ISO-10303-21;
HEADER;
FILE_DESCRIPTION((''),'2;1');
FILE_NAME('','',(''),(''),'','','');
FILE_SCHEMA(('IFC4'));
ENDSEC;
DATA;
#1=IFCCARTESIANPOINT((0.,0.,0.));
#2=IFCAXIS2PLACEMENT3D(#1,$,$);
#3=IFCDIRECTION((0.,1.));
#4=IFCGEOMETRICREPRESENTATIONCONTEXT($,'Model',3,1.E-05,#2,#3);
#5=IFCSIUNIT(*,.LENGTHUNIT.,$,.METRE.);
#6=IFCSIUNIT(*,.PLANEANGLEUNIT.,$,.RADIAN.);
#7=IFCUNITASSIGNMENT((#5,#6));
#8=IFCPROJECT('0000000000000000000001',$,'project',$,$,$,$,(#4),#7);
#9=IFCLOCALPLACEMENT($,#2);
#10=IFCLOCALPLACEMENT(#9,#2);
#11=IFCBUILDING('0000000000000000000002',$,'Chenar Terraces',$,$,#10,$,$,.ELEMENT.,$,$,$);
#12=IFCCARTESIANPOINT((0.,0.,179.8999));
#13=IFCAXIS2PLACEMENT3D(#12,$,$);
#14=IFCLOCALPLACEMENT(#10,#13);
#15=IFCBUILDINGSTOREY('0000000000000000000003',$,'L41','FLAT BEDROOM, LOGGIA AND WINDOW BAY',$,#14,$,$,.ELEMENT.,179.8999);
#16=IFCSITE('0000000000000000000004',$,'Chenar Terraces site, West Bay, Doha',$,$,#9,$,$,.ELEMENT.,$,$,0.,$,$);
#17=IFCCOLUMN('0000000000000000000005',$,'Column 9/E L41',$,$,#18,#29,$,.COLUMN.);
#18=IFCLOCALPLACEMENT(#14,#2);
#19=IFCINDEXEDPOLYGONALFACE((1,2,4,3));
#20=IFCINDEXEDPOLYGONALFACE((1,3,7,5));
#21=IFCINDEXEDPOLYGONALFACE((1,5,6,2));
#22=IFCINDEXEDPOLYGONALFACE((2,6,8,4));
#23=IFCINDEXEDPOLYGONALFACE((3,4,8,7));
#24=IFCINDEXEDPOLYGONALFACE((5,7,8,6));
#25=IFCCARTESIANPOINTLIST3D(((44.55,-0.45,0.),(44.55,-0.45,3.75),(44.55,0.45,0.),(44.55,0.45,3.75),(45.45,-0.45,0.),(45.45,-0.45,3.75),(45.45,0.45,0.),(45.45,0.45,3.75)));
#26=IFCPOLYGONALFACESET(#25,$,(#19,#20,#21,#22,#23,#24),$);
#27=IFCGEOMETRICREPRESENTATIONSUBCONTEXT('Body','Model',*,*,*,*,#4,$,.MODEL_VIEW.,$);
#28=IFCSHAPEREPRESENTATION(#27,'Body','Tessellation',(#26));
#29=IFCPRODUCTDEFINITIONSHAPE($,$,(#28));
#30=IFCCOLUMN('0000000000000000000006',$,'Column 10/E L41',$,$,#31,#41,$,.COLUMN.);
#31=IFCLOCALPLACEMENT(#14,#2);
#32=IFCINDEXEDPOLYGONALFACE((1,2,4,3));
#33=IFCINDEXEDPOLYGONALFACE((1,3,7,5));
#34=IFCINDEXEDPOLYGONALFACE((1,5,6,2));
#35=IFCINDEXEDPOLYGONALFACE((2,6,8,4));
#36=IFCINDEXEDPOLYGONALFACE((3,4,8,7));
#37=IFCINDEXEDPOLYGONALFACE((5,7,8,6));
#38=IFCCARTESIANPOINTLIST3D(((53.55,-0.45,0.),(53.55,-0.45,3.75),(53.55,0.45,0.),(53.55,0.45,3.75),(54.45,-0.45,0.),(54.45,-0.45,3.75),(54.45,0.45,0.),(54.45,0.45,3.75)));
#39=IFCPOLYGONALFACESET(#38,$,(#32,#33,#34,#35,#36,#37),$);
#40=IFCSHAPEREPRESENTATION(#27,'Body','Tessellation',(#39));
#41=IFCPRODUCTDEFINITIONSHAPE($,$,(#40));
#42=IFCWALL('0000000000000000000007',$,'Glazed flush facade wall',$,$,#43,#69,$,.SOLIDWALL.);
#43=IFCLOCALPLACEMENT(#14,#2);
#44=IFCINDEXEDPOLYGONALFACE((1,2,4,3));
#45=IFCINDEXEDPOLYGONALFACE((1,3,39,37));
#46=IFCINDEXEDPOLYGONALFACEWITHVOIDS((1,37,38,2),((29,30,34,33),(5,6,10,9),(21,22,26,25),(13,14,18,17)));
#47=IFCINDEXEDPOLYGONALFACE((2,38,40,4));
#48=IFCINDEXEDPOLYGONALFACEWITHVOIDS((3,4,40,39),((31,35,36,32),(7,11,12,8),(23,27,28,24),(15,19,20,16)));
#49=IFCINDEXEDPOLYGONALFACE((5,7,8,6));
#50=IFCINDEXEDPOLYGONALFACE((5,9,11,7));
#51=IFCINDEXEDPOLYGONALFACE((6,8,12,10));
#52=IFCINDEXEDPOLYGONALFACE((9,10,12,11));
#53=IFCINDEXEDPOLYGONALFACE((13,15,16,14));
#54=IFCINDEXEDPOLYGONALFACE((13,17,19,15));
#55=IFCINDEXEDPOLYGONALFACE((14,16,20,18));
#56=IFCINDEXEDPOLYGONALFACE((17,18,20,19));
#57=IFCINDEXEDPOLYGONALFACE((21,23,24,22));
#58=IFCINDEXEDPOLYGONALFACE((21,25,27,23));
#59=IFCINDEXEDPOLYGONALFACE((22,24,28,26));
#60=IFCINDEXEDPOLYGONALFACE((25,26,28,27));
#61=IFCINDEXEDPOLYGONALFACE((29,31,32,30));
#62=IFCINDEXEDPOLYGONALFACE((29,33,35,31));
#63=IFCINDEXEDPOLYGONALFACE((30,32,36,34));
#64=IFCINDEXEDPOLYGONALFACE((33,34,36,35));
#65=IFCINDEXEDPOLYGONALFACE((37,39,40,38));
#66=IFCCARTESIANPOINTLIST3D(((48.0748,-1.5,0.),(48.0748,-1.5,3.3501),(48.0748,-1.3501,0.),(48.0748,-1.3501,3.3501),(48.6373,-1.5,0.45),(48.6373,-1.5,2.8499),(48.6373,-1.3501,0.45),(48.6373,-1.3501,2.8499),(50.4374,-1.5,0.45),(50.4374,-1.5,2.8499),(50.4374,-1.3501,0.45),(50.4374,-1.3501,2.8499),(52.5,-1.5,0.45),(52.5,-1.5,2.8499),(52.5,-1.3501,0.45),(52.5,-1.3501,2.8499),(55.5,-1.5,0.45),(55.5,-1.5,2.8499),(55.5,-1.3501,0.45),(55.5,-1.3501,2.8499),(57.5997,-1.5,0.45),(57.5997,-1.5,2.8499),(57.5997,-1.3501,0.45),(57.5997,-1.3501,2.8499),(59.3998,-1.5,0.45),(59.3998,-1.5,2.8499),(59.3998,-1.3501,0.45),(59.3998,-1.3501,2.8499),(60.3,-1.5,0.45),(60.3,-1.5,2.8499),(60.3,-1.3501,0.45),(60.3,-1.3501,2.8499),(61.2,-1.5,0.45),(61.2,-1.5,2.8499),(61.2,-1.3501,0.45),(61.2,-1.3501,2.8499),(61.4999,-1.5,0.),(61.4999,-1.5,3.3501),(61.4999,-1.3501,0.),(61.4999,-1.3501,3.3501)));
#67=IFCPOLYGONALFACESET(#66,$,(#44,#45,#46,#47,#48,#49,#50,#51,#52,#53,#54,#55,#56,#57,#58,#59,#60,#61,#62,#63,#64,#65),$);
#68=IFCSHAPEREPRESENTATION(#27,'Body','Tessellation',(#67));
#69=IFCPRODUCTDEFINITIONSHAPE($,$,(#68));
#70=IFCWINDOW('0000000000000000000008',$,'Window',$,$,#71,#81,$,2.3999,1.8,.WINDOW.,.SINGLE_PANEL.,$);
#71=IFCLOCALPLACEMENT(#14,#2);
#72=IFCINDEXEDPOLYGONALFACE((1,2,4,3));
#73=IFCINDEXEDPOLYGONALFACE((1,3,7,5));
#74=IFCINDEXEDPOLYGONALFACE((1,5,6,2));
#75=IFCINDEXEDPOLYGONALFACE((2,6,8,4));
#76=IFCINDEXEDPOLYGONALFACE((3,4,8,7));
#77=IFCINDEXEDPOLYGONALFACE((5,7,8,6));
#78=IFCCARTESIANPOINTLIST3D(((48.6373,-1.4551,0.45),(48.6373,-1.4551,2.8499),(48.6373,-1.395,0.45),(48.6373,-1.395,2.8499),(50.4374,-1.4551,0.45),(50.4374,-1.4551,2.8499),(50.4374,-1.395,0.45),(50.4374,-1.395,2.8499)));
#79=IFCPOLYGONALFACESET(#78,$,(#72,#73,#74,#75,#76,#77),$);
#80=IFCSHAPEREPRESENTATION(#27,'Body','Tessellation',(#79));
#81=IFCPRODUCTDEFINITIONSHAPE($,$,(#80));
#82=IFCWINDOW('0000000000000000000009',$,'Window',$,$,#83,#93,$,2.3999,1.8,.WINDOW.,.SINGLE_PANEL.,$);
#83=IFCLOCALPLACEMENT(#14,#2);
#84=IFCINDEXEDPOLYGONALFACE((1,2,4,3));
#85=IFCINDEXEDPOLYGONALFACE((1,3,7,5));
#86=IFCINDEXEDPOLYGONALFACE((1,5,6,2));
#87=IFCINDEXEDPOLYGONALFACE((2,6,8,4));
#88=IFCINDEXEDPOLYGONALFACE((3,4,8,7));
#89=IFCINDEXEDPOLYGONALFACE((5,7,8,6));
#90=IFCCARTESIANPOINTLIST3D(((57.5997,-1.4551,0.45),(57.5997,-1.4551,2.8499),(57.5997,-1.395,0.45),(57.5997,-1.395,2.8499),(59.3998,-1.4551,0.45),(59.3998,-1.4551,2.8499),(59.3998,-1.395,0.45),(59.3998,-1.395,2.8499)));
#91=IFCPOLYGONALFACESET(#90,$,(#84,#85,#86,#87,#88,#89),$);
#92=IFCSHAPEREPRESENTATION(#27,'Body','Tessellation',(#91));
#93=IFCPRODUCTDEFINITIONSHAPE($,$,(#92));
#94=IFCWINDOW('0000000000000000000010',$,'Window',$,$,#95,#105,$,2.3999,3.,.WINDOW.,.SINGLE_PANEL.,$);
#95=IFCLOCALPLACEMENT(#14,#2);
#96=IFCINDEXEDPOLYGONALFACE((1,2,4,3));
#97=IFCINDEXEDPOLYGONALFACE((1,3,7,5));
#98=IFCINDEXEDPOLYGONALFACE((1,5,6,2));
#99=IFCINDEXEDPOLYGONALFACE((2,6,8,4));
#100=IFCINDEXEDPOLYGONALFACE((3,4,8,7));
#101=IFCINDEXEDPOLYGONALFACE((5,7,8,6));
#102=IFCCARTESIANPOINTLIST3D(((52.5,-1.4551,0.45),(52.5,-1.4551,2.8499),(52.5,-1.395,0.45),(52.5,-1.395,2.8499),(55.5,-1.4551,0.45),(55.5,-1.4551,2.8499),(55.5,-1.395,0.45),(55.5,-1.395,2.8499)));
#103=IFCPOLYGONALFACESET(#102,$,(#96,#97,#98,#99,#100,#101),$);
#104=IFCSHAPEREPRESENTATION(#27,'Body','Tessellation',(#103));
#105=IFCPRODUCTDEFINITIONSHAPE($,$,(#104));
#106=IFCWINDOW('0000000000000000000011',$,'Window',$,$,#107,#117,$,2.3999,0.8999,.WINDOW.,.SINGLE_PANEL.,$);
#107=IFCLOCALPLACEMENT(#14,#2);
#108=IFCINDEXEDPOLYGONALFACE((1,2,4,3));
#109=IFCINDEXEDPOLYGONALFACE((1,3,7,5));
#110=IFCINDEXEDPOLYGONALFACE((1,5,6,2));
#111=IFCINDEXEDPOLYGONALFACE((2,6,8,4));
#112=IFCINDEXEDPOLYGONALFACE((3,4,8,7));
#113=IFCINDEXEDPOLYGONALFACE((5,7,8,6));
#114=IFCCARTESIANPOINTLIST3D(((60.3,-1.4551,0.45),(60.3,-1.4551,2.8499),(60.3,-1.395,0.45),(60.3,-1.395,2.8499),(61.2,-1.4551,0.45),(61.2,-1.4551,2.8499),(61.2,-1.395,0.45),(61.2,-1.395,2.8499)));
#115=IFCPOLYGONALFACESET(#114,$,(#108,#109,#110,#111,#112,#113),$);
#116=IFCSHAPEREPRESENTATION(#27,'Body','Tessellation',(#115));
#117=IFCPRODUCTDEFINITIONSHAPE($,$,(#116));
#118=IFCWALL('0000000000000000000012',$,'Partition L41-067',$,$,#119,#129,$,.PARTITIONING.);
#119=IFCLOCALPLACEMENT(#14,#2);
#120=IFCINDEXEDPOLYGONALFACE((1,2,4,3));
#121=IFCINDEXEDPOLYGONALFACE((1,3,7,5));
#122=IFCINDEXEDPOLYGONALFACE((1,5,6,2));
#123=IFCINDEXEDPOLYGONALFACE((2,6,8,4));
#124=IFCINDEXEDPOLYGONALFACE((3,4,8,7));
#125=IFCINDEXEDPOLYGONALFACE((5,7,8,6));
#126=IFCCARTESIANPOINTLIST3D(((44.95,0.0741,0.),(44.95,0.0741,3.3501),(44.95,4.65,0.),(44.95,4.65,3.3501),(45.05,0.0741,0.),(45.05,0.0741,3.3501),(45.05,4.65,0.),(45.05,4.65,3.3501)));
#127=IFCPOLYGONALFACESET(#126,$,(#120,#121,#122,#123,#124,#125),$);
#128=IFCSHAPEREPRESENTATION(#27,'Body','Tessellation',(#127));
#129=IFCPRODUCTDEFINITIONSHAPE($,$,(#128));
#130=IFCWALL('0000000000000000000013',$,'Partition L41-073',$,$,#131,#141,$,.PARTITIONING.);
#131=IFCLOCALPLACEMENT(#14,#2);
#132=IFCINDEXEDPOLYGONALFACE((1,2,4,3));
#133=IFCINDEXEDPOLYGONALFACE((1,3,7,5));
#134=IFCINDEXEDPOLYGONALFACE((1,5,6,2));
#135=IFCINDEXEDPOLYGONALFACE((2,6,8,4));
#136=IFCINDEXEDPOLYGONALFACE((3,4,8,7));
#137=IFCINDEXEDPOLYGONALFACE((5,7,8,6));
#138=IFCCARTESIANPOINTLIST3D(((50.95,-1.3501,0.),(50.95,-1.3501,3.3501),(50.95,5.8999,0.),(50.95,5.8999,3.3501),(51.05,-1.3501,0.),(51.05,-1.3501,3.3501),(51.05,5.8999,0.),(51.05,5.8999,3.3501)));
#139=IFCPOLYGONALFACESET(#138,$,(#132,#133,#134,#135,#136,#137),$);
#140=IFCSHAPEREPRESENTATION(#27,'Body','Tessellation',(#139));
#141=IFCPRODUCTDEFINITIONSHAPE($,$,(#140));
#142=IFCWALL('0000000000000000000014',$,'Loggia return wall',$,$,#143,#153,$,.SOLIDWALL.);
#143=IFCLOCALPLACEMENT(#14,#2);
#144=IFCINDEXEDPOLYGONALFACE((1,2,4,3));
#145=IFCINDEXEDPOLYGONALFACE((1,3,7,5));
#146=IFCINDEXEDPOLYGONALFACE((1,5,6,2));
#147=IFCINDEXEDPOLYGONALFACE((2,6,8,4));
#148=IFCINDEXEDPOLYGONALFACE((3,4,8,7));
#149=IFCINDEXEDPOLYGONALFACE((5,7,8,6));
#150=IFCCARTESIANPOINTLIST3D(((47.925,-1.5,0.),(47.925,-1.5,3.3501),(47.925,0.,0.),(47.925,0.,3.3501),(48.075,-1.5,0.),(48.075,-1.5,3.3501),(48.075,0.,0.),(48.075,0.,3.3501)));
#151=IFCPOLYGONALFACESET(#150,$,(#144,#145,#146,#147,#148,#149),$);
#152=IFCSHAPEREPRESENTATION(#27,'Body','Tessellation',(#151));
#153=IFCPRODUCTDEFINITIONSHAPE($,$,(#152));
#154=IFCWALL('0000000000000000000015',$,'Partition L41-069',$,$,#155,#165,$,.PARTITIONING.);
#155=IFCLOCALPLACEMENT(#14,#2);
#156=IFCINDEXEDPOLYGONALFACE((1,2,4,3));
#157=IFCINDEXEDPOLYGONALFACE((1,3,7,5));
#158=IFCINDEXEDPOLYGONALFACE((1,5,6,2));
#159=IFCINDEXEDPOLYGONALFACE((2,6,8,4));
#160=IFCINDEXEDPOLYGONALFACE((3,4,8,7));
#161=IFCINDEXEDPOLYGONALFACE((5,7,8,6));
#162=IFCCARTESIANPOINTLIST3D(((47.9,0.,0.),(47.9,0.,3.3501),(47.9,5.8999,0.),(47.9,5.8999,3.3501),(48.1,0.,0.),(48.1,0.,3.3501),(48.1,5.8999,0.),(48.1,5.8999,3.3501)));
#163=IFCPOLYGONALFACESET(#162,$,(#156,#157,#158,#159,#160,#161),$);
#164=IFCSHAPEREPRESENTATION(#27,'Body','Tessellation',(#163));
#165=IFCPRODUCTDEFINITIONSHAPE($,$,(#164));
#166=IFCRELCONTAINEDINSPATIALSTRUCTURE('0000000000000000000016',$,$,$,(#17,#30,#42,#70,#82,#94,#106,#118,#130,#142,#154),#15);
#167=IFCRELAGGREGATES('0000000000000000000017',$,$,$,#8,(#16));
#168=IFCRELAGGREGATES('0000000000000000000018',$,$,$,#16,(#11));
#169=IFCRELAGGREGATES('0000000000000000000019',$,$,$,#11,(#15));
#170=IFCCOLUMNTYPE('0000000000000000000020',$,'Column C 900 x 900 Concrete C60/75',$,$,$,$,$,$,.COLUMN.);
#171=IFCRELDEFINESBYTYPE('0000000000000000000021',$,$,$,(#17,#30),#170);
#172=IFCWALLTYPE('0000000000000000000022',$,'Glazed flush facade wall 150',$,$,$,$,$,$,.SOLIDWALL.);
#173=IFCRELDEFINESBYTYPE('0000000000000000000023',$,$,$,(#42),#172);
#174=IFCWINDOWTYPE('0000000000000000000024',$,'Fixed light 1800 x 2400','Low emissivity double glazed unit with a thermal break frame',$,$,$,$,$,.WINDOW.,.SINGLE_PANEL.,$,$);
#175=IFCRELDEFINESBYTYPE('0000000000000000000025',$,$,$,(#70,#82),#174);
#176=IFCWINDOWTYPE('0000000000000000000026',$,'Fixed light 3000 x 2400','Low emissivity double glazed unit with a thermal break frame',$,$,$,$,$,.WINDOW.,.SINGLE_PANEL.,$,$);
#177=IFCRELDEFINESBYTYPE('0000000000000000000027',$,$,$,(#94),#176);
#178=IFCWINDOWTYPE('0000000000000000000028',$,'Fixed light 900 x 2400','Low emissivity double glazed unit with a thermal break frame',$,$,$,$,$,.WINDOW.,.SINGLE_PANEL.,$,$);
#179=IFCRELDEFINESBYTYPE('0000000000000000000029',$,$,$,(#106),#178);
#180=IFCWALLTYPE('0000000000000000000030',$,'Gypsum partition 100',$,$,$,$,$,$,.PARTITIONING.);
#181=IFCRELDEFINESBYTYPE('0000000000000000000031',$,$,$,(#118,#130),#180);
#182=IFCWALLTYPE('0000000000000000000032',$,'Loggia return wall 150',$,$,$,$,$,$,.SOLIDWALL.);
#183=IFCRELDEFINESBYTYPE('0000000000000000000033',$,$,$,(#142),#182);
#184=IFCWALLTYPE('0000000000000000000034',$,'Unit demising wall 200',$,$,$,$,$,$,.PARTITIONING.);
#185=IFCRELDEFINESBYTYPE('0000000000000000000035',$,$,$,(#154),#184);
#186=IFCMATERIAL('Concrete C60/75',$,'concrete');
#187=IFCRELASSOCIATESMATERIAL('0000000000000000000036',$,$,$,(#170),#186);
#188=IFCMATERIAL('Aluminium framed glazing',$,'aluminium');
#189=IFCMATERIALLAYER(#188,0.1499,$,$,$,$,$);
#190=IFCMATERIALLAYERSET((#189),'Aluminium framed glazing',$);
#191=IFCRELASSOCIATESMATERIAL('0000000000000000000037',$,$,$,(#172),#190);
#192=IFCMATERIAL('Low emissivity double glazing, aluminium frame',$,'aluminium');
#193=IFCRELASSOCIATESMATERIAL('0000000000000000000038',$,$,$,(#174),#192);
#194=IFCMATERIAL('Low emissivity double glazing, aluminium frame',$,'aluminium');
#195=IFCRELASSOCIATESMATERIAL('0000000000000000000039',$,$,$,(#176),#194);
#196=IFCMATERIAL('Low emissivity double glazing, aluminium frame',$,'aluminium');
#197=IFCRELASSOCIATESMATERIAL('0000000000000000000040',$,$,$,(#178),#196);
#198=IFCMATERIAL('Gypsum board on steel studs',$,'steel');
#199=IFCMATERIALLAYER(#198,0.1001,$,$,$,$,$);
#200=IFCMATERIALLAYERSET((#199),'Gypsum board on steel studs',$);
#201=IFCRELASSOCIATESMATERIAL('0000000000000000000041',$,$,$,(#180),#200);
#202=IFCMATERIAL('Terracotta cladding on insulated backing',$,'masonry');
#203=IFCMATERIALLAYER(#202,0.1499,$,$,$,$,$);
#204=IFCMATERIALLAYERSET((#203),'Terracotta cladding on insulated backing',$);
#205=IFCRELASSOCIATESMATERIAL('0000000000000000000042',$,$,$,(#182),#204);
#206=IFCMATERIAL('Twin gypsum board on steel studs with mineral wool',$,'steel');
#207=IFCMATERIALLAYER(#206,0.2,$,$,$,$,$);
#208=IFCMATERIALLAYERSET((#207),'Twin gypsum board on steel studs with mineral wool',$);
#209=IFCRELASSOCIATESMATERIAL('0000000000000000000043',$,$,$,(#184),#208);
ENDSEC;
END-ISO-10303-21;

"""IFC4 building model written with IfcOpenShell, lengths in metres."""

from ifc_helpers import new_model, si_unit, direction, frame, frame_2d, origin, origin_2d, place, context, subcontext, project, spatial, rectangle, extrude, material, layer, layer_set, material_profile, profile_set, type_object, element, fill, save


model = new_model("IFC4")

# Units and contexts
model_context = context("Model", 3, precision=1e-05, world=origin(), true_north=direction((0.0, 1.0)))
body_context = subcontext(model_context, "Body", "Model", "MODEL_VIEW")
ifc_project = project(units=[si_unit("LENGTHUNIT", "METRE"), si_unit("PLANEANGLEUNIT", "RADIAN")], contexts=[model_context])

# Site, building, storey
site_placement = place(None, origin())
site = spatial("IfcSite", under=ifc_project, at=site_placement, Name="Chenar Terraces site, West Bay, Doha", CompositionType="ELEMENT", RefElevation=0.0)
building_placement = place(site_placement, origin())
building = spatial("IfcBuilding", under=site, at=building_placement, Name="Chenar Terraces", CompositionType="ELEMENT")
storey_placement = place(building_placement, frame((0.0, 0.0, 179.8999)))
storey = spatial("IfcBuildingStorey", under=building, at=storey_placement, Name="L41", Description="FLAT BEDROOM, LOGGIA AND WINDOW BAY", CompositionType="ELEMENT", Elevation=179.8999)

# Columns
ifc_material_1 = material(Name="Concrete C60/75", Category="concrete")
ifc_material_profile_1 = material_profile(ifc_material_1, rectangle(XDim=0.8999, YDim=0.8999, at=origin_2d()), Name="C 900 x 900")
ifc_profile_set_1 = profile_set([ifc_material_profile_1], Name="Concrete C60/75")
column_type = type_object("IfcColumnType", Name="Column C 900 x 900 Concrete C60/75", PredefinedType="COLUMN", material=ifc_profile_set_1)
for number, where, z_axis, x_axis, name in (
    (1, (45.0, 0.0, 0.0), (0.0, 0.0, 1.0), (1.0, 0.0, 0.0), "Column 9/E L41"),
    (2, (54.0, 0.0, 0.0), (0.0, 0.0, 1.0), (1.0, 0.0, 0.0), "Column 10/E L41"),
):
    element("IfcColumn", number, at=place(storey_placement, frame(where, z_axis=z_axis, x_axis=x_axis)), inside=storey, type_object=column_type, Name=name, PredefinedType="COLUMN", context=body_context, shape_type="SweptSolid", body=[
        extrude(rectangle(XDim=0.8999, YDim=0.8999, at=origin_2d()), origin(), (0.0, 0.0, 1.0), 3.75),
    ])

# Wall, openings, windows
ifc_material_2 = material(Name="Aluminium framed glazing", Category="aluminium")
ifc_layer_1 = layer(ifc_material_2, 0.1499)
ifc_layer_set_1 = layer_set([ifc_layer_1], Name="Aluminium framed glazing")
wall_type_1 = type_object("IfcWallType", Name="Glazed flush facade wall 150", PredefinedType="SOLIDWALL", material=ifc_layer_set_1)
wall_1_placement = place(storey_placement, frame((48.075, -1.425, 0.0), z_axis=(0.0, 0.0, 1.0), x_axis=(1.0, 0.0, 0.0)))
wall_1 = element("IfcWall", 3, at=wall_1_placement, inside=storey, type_object=wall_type_1, Name="Glazed flush facade wall", PredefinedType="SOLIDWALL", context=body_context, shape_type="SweptSolid", body=[
    extrude(rectangle(XDim=13.425, YDim=0.1499, at=frame_2d((6.7124, 0.0))), origin(), (0.0, 0.0, 1.0), 3.3501),
])
opening_1_placement = place(wall_1_placement, frame((0.5625, 0.0, 0.45)))
opening_1 = element("IfcOpeningElement", 4, at=opening_1_placement, cuts=wall_1, PredefinedType="OPENING", context=body_context, shape_type="SweptSolid", body=[
    extrude(rectangle(XDim=1.8, YDim=2.3999, at=frame_2d((0.8999, 1.2))), frame((0.0, 0.085, 0.0), z_axis=(0.0, -1.0, 0.0), x_axis=(1.0, 0.0, 0.0)), (0.0, 0.0, 1.0), 0.1699),
])
opening_2_placement = place(wall_1_placement, frame((4.425, 0.0, 0.45)))
opening_2 = element("IfcOpeningElement", 5, at=opening_2_placement, cuts=wall_1, PredefinedType="OPENING", context=body_context, shape_type="SweptSolid", body=[
    extrude(rectangle(XDim=3.0, YDim=2.3999, at=frame_2d((1.5, 1.2))), frame((0.0, 0.085, 0.0), z_axis=(0.0, -1.0, 0.0), x_axis=(1.0, 0.0, 0.0)), (0.0, 0.0, 1.0), 0.1699),
])
opening_3_placement = place(wall_1_placement, frame((9.5249, 0.0, 0.45)))
opening_3 = element("IfcOpeningElement", 6, at=opening_3_placement, cuts=wall_1, PredefinedType="OPENING", context=body_context, shape_type="SweptSolid", body=[
    extrude(rectangle(XDim=1.8, YDim=2.3999, at=frame_2d((0.8999, 1.2))), frame((0.0, 0.085, 0.0), z_axis=(0.0, -1.0, 0.0), x_axis=(1.0, 0.0, 0.0)), (0.0, 0.0, 1.0), 0.1699),
])
opening_4_placement = place(wall_1_placement, frame((12.2251, 0.0, 0.45)))
opening_4 = element("IfcOpeningElement", 7, at=opening_4_placement, cuts=wall_1, PredefinedType="OPENING", context=body_context, shape_type="SweptSolid", body=[
    extrude(rectangle(XDim=0.8999, YDim=2.3999, at=frame_2d((0.45, 1.2))), frame((0.0, 0.085, 0.0), z_axis=(0.0, -1.0, 0.0), x_axis=(1.0, 0.0, 0.0)), (0.0, 0.0, 1.0), 0.1699),
])
ifc_material_3 = material(Name="Low emissivity double glazing, aluminium frame", Category="aluminium")
window_type_1 = type_object("IfcWindowType", Name="Fixed light 1800 x 2400", Description="Low emissivity double glazed unit with a thermal break frame", PartitioningType="SINGLE_PANEL", PredefinedType="WINDOW", material=ifc_material_3)
window_1_placement = place(opening_1_placement, origin())
window_1 = element("IfcWindow", 8, at=window_1_placement, inside=storey, type_object=window_type_1, Name="Window", OverallHeight=2.3999, OverallWidth=1.8, PartitioningType="SINGLE_PANEL", PredefinedType="WINDOW", context=body_context, shape_type="SweptSolid", body=[
    extrude(rectangle(XDim=1.8, YDim=2.3999, at=frame_2d((0.8999, 1.2))), frame((0.0, 0.03, 0.0), z_axis=(0.0, -1.0, 0.0), x_axis=(1.0, 0.0, 0.0)), (0.0, 0.0, 1.0), 0.0601),
])
fill(opening_1, window_1)
window_2_placement = place(opening_3_placement, origin())
window_2 = element("IfcWindow", 9, at=window_2_placement, inside=storey, type_object=window_type_1, Name="Window", OverallHeight=2.3999, OverallWidth=1.8, PartitioningType="SINGLE_PANEL", PredefinedType="WINDOW", context=body_context, shape_type="SweptSolid", body=[
    extrude(rectangle(XDim=1.8, YDim=2.3999, at=frame_2d((0.8999, 1.2))), frame((0.0, 0.03, 0.0), z_axis=(0.0, -1.0, 0.0), x_axis=(1.0, 0.0, 0.0)), (0.0, 0.0, 1.0), 0.0601),
])
fill(opening_3, window_2)
ifc_material_4 = material(Name="Low emissivity double glazing, aluminium frame", Category="aluminium")
window_type_2 = type_object("IfcWindowType", Name="Fixed light 3000 x 2400", Description="Low emissivity double glazed unit with a thermal break frame", PartitioningType="SINGLE_PANEL", PredefinedType="WINDOW", material=ifc_material_4)
window_3_placement = place(opening_2_placement, origin())
window_3 = element("IfcWindow", 10, at=window_3_placement, inside=storey, type_object=window_type_2, Name="Window", OverallHeight=2.3999, OverallWidth=3.0, PartitioningType="SINGLE_PANEL", PredefinedType="WINDOW", context=body_context, shape_type="SweptSolid", body=[
    extrude(rectangle(XDim=3.0, YDim=2.3999, at=frame_2d((1.5, 1.2))), frame((0.0, 0.03, 0.0), z_axis=(0.0, -1.0, 0.0), x_axis=(1.0, 0.0, 0.0)), (0.0, 0.0, 1.0), 0.0601),
])
fill(opening_2, window_3)
ifc_material_5 = material(Name="Low emissivity double glazing, aluminium frame", Category="aluminium")
window_type_3 = type_object("IfcWindowType", Name="Fixed light 900 x 2400", Description="Low emissivity double glazed unit with a thermal break frame", PartitioningType="SINGLE_PANEL", PredefinedType="WINDOW", material=ifc_material_5)
window_4_placement = place(opening_4_placement, origin())
window_4 = element("IfcWindow", 11, at=window_4_placement, inside=storey, type_object=window_type_3, Name="Window", OverallHeight=2.3999, OverallWidth=0.8999, PartitioningType="SINGLE_PANEL", PredefinedType="WINDOW", context=body_context, shape_type="SweptSolid", body=[
    extrude(rectangle(XDim=0.8999, YDim=2.3999, at=frame_2d((0.45, 1.2))), frame((0.0, 0.03, 0.0), z_axis=(0.0, -1.0, 0.0), x_axis=(1.0, 0.0, 0.0)), (0.0, 0.0, 1.0), 0.0601),
])
fill(opening_4, window_4)

# Walls
ifc_material_6 = material(Name="Gypsum board on steel studs", Category="steel")
ifc_layer_2 = layer(ifc_material_6, 0.1001)
ifc_layer_set_2 = layer_set([ifc_layer_2], Name="Gypsum board on steel studs")
wall_type_2 = type_object("IfcWallType", Name="Gypsum partition 100", PredefinedType="PARTITIONING", material=ifc_layer_set_2)
wall_2_placement = place(storey_placement, frame((45.0, 0.074, 0.0), z_axis=(0.0, 0.0, 1.0), x_axis=(0.0, 1.0, 0.0)))
element("IfcWall", 12, at=wall_2_placement, inside=storey, type_object=wall_type_2, Name="Partition L41-067", PredefinedType="PARTITIONING", context=body_context, shape_type="SweptSolid", body=[
    extrude(rectangle(XDim=4.5759, YDim=0.1001, at=frame_2d((2.2881, 0.0))), origin(), (0.0, 0.0, 1.0), 3.3501),
])
wall_3_placement = place(storey_placement, frame((51.0, -1.3501, 0.0), z_axis=(0.0, 0.0, 1.0), x_axis=(0.0, 1.0, 0.0)))
element("IfcWall", 13, at=wall_3_placement, inside=storey, type_object=wall_type_2, Name="Partition L41-073", PredefinedType="PARTITIONING", context=body_context, shape_type="SweptSolid", body=[
    extrude(rectangle(XDim=7.25, YDim=0.1001, at=frame_2d((3.625, 0.0))), origin(), (0.0, 0.0, 1.0), 3.3501),
])
ifc_material_7 = material(Name="Terracotta cladding on insulated backing", Category="masonry")
ifc_layer_3 = layer(ifc_material_7, 0.1499)
ifc_layer_set_3 = layer_set([ifc_layer_3], Name="Terracotta cladding on insulated backing")
wall_type_3 = type_object("IfcWallType", Name="Loggia return wall 150", PredefinedType="SOLIDWALL", material=ifc_layer_set_3)
wall_4_placement = place(storey_placement, frame((48.0, -1.5, 0.0), z_axis=(0.0, 0.0, 1.0), x_axis=(0.0, 1.0, 0.0)))
element("IfcWall", 14, at=wall_4_placement, inside=storey, type_object=wall_type_3, Name="Loggia return wall", PredefinedType="SOLIDWALL", context=body_context, shape_type="SweptSolid", body=[
    extrude(rectangle(XDim=1.5, YDim=0.1499, at=frame_2d((0.75, 0.0))), origin(), (0.0, 0.0, 1.0), 3.3501),
])
ifc_material_8 = material(Name="Twin gypsum board on steel studs with mineral wool", Category="steel")
ifc_layer_4 = layer(ifc_material_8, 0.2)
ifc_layer_set_4 = layer_set([ifc_layer_4], Name="Twin gypsum board on steel studs with mineral wool")
wall_type_4 = type_object("IfcWallType", Name="Unit demising wall 200", PredefinedType="PARTITIONING", material=ifc_layer_set_4)
wall_5_placement = place(storey_placement, frame((48.0, 0.0, 0.0), z_axis=(0.0, 0.0, 1.0), x_axis=(0.0, 1.0, 0.0)))
element("IfcWall", 15, at=wall_5_placement, inside=storey, type_object=wall_type_4, Name="Partition L41-069", PredefinedType="PARTITIONING", context=body_context, shape_type="SweptSolid", body=[
    extrude(rectangle(XDim=5.8999, YDim=0.2, at=frame_2d((2.95, 0.0))), origin(), (0.0, 0.0, 1.0), 3.3501),
])

save(model, "model.ifc")
